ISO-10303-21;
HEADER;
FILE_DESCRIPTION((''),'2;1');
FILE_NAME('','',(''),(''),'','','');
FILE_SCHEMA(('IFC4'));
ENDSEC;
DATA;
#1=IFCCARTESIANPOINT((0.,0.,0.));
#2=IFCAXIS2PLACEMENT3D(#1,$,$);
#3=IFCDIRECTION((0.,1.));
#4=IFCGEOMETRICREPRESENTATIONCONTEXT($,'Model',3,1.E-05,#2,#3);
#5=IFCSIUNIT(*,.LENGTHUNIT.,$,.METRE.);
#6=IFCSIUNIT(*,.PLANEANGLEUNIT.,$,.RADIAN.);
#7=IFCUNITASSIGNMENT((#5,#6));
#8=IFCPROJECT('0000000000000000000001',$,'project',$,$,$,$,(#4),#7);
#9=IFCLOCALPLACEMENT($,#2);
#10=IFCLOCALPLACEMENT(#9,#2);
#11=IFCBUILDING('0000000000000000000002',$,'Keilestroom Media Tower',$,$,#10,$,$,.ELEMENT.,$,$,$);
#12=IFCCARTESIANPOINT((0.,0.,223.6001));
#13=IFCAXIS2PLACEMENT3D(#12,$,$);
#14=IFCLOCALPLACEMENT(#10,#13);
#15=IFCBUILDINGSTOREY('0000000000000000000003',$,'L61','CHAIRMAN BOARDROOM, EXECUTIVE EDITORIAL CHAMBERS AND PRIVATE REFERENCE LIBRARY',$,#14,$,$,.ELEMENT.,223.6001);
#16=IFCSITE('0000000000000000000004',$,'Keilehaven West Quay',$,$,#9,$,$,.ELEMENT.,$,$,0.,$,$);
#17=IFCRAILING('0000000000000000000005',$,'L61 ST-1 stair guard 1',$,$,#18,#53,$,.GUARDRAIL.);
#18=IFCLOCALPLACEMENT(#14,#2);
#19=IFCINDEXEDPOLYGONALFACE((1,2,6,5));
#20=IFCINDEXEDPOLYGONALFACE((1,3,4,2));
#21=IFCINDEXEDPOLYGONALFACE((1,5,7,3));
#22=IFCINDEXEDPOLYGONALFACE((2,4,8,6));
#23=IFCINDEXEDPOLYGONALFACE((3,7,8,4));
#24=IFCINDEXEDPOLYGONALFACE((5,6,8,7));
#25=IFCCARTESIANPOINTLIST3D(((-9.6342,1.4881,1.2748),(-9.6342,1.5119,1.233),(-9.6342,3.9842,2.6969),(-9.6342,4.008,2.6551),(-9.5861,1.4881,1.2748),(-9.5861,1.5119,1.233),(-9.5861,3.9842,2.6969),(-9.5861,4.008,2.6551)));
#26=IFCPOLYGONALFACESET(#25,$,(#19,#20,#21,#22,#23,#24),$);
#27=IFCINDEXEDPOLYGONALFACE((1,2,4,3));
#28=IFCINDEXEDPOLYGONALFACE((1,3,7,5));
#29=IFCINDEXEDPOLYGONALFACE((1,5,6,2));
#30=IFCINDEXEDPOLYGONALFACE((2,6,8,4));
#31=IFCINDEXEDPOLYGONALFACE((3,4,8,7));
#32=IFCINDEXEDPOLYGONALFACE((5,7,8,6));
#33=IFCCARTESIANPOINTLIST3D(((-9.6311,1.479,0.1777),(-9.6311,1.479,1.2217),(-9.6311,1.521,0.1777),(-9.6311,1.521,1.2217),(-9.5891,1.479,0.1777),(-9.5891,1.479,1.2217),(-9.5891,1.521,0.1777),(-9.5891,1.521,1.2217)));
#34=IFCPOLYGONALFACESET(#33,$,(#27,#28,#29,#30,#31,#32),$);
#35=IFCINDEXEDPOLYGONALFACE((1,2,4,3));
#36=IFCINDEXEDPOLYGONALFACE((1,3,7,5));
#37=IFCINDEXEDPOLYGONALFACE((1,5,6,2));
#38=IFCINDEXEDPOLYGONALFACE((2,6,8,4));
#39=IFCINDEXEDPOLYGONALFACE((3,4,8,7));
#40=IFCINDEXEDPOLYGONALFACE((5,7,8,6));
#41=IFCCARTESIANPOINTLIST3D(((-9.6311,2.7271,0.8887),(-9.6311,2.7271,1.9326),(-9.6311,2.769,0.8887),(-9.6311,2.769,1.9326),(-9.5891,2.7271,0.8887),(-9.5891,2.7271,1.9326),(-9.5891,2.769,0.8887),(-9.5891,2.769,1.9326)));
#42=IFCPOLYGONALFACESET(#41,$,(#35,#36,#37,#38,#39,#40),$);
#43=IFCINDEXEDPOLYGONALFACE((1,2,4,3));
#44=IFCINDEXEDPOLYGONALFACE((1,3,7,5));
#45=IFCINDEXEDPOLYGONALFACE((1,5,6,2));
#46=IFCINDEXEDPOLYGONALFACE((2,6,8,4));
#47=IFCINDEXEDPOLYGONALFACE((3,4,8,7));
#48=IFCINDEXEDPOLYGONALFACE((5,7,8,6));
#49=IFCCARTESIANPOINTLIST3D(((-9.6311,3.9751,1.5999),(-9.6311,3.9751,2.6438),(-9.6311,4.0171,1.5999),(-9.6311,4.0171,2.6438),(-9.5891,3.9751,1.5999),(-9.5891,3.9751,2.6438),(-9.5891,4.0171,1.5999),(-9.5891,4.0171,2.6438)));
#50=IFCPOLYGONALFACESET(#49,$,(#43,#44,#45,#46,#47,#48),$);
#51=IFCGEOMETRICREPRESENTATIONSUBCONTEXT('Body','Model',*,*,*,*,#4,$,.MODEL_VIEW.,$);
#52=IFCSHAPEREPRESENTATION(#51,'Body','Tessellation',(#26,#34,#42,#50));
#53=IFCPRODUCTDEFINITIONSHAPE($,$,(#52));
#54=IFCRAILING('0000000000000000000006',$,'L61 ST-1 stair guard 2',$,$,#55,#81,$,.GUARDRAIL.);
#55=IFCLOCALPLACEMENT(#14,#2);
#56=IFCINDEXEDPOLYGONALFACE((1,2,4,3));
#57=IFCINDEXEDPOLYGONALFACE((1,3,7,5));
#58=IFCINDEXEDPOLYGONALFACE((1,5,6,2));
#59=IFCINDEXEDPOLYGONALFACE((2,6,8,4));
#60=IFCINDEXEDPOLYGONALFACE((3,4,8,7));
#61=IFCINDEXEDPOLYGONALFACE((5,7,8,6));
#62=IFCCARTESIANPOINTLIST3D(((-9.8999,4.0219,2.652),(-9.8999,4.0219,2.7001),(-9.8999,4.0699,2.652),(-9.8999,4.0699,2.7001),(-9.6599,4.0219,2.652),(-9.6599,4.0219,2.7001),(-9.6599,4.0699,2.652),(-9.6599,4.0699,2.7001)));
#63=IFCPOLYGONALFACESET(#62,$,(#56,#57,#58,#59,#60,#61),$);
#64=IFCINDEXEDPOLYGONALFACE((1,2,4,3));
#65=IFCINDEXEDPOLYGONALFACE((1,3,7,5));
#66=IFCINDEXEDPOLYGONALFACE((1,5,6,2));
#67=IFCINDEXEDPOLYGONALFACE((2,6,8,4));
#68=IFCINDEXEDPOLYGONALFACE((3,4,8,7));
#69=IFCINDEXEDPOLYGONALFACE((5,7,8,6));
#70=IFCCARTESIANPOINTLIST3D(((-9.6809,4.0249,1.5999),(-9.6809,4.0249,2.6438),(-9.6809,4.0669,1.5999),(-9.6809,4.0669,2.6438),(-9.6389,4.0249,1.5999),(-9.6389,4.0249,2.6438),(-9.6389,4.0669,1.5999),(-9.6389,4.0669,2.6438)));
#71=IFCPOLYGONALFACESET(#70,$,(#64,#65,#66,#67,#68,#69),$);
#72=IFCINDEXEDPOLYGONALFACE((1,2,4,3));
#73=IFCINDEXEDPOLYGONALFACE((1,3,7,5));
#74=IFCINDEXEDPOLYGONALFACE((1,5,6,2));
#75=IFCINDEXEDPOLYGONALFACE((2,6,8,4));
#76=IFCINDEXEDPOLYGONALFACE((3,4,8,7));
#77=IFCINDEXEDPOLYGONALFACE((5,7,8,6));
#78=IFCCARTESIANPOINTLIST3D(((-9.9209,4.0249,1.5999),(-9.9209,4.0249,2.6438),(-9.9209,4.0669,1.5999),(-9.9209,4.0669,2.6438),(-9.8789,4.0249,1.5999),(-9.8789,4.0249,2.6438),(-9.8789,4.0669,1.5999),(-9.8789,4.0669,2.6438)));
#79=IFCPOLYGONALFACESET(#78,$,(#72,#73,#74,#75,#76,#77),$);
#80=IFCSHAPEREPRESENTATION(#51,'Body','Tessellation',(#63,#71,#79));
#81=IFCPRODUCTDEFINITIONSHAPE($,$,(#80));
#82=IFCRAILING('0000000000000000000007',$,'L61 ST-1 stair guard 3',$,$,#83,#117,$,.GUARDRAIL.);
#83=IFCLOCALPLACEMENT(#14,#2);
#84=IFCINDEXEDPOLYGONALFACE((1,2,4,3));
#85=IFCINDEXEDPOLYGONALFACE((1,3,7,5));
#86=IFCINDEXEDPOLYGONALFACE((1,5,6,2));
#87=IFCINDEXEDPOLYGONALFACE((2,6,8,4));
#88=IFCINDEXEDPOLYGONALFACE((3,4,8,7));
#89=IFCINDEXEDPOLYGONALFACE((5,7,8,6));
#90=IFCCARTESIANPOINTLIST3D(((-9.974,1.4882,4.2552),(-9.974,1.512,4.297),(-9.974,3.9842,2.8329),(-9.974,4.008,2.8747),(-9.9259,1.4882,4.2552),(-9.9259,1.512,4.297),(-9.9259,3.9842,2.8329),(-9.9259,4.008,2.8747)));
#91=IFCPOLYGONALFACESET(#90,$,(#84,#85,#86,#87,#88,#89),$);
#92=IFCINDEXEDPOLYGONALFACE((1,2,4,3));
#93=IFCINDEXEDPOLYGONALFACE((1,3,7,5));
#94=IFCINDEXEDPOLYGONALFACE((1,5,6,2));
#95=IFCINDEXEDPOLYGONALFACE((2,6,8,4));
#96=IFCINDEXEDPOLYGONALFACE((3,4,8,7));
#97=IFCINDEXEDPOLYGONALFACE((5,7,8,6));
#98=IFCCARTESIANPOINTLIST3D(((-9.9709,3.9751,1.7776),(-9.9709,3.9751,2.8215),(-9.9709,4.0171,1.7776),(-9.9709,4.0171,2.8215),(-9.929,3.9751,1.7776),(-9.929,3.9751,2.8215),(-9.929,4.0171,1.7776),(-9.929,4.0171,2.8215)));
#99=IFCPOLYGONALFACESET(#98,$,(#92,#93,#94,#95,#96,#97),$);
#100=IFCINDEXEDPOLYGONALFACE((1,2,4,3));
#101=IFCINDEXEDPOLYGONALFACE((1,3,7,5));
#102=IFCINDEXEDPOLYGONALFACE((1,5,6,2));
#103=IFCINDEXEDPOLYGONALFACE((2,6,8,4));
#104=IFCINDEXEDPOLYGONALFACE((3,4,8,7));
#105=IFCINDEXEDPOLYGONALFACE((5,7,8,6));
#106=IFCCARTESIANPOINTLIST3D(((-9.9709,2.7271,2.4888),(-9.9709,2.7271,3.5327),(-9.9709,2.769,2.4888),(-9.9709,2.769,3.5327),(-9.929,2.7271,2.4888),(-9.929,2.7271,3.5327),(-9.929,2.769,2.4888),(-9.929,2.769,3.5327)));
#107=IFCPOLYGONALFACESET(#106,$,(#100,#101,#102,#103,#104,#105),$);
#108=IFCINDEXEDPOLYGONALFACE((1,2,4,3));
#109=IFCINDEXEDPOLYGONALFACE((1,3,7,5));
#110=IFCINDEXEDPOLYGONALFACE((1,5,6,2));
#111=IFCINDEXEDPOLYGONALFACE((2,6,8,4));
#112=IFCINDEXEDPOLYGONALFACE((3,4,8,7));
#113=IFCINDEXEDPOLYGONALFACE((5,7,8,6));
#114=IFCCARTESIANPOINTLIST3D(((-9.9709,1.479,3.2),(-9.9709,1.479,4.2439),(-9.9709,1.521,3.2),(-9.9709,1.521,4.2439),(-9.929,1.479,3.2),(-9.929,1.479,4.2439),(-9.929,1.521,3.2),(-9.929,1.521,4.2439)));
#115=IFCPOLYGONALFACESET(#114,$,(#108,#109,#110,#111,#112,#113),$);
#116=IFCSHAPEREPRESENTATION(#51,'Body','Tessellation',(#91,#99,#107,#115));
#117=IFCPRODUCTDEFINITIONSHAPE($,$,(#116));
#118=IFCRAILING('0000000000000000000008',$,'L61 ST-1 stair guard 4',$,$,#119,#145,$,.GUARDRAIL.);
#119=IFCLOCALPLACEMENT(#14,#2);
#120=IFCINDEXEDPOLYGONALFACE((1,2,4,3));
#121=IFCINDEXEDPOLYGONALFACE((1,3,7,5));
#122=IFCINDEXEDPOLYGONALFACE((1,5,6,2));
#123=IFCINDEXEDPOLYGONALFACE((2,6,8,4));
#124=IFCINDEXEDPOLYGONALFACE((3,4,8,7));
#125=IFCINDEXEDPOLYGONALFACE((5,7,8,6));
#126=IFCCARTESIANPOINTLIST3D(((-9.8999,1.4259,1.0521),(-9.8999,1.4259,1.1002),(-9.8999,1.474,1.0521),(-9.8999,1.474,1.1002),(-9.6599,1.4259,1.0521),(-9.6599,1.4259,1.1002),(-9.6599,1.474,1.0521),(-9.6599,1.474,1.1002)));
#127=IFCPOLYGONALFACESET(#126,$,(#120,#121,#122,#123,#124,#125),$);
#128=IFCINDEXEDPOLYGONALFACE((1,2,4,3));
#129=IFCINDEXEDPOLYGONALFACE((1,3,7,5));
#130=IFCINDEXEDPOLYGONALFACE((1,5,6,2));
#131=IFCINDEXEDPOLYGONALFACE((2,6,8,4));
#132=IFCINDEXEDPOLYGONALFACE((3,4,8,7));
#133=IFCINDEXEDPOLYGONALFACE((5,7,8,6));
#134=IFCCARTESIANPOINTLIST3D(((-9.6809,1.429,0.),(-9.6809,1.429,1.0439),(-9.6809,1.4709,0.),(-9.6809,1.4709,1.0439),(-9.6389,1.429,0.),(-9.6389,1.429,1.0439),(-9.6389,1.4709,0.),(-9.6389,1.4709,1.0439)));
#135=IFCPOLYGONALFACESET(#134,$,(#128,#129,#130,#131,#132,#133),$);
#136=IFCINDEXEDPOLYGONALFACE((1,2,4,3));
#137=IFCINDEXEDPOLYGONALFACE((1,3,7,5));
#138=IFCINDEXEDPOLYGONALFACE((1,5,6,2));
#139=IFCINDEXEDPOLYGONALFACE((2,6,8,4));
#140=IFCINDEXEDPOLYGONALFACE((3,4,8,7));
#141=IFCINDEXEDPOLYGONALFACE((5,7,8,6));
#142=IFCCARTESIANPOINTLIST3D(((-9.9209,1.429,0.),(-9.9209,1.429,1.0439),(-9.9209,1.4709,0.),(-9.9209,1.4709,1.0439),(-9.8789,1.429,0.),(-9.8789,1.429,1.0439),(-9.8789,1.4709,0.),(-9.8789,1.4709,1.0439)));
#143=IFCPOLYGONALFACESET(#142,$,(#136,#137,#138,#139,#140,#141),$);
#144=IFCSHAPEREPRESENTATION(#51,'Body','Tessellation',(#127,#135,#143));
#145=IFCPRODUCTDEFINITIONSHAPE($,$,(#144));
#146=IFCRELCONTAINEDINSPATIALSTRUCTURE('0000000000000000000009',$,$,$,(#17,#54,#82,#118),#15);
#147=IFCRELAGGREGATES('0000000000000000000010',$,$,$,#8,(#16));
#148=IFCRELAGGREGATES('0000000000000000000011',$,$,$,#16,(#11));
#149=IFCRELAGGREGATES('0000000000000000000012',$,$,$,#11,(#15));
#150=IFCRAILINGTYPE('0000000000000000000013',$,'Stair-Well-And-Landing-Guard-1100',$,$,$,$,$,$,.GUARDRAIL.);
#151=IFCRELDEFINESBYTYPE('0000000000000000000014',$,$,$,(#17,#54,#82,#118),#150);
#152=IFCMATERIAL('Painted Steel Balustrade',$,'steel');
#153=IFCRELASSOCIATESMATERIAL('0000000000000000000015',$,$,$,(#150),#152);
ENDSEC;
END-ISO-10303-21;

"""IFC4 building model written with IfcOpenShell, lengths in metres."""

from ifc_helpers import new_model, si_unit, direction, frame, origin, origin_2d, place, context, subcontext, project, spatial, rectangle, extrude, material, type_object, element, save


model = new_model("IFC4")

# Units and contexts
model_context = context("Model", 3, precision=1e-05, world=origin(), true_north=direction((0.0, 1.0)))
body_context = subcontext(model_context, "Body", "Model", "MODEL_VIEW")
ifc_project = project(units=[si_unit("LENGTHUNIT", "METRE"), si_unit("PLANEANGLEUNIT", "RADIAN")], contexts=[model_context])

# Site, building, storey
site_placement = place(None, origin())
site = spatial("IfcSite", under=ifc_project, at=site_placement, Name="Keilehaven West Quay", CompositionType="ELEMENT", RefElevation=0.0)
building_placement = place(site_placement, origin())
building = spatial("IfcBuilding", under=site, at=building_placement, Name="Keilestroom Media Tower", CompositionType="ELEMENT")
storey_placement = place(building_placement, frame((0.0, 0.0, 223.6001)))
storey = spatial("IfcBuildingStorey", under=building, at=storey_placement, Name="L61", Description="CHAIRMAN BOARDROOM, EXECUTIVE EDITORIAL CHAMBERS AND PRIVATE REFERENCE LIBRARY", CompositionType="ELEMENT", Elevation=223.6001)

# Railings
ifc_material_1 = material(Name="Painted Steel Balustrade", Category="steel")
railing_type_1 = type_object("IfcRailingType", Name="Stair-Well-And-Landing-Guard-1100", PredefinedType="GUARDRAIL", material=ifc_material_1)
railing_1_placement = place(storey_placement, frame((-9.6101, 1.5, 0.1777)))
element("IfcRailing", 1, at=railing_1_placement, inside=storey, type_object=railing_type_1, Name="L61 ST-1 stair guard 1", PredefinedType="GUARDRAIL", context=body_context, shape_type="SweptSolid", body=[
    extrude(rectangle(XDim=0.0481, YDim=0.0481, at=origin_2d()), frame((0.0, 0.0, 1.0762), z_axis=(0.0, 0.868875, 0.495031), x_axis=(-1.0, 0.0, 0.0)), (0.0, 0.0, 1.0), 2.8728),
    extrude(rectangle(XDim=0.042, YDim=0.042, at=origin_2d()), origin(), (0.0, 0.0, 1.0), 1.0439),
    extrude(rectangle(XDim=0.042, YDim=0.042, at=origin_2d()), frame((0.0, 1.248, 0.7109)), (0.0, 0.0, 1.0), 1.0439),
    extrude(rectangle(XDim=0.042, YDim=0.042, at=origin_2d()), frame((0.0, 2.4961, 1.4221)), (0.0, 0.0, 1.0), 1.0439),
])
railing_2_placement = place(storey_placement, frame((-9.6599, 4.0459, 1.5999)))
element("IfcRailing", 2, at=railing_2_placement, inside=storey, type_object=railing_type_1, Name="L61 ST-1 stair guard 2", PredefinedType="GUARDRAIL", context=body_context, shape_type="SweptSolid", body=[
    extrude(rectangle(XDim=0.0481, YDim=0.0481, at=origin_2d()), frame((0.0, 0.0, 1.0762), z_axis=(-1.0, 0.0, 0.0), x_axis=(0.0, -1.0, 0.0)), (0.0, 0.0, 1.0), 0.24),
    extrude(rectangle(XDim=0.042, YDim=0.042, at=origin_2d()), origin(), (0.0, 0.0, 1.0), 1.0439),
    extrude(rectangle(XDim=0.042, YDim=0.042, at=origin_2d()), frame((-0.24, 0.0, 0.0)), (0.0, 0.0, 1.0), 1.0439),
])
railing_3_placement = place(storey_placement, frame((-9.95, 3.9961, 1.7776)))
element("IfcRailing", 3, at=railing_3_placement, inside=storey, type_object=railing_type_1, Name="L61 ST-1 stair guard 3", PredefinedType="GUARDRAIL", context=body_context, shape_type="SweptSolid", body=[
    extrude(rectangle(XDim=0.0481, YDim=0.0481, at=origin_2d()), frame((0.0, 0.0, 1.0762), z_axis=(0.0, -0.868839, 0.495095), x_axis=(1.0, 0.0, 0.0)), (0.0, 0.0, 1.0), 2.8728),
    extrude(rectangle(XDim=0.042, YDim=0.042, at=origin_2d()), origin(), (0.0, 0.0, 1.0), 1.0439),
    extrude(rectangle(XDim=0.042, YDim=0.042, at=origin_2d()), frame((0.0, -1.248, 0.7112)), (0.0, 0.0, 1.0), 1.0439),
    extrude(rectangle(XDim=0.042, YDim=0.042, at=origin_2d()), frame((0.0, -2.4961, 1.4224)), (0.0, 0.0, 1.0), 1.0439),
])
railing_4_placement = place(storey_placement, frame((-9.6599, 1.45, 0.0)))
element("IfcRailing", 4, at=railing_4_placement, inside=storey, type_object=railing_type_1, Name="L61 ST-1 stair guard 4", PredefinedType="GUARDRAIL", context=body_context, shape_type="SweptSolid", body=[
    extrude(rectangle(XDim=0.0481, YDim=0.0481, at=origin_2d()), frame((0.0, 0.0, 1.0762), z_axis=(-1.0, 0.0, 0.0), x_axis=(0.0, -1.0, 0.0)), (0.0, 0.0, 1.0), 0.24),
    extrude(rectangle(XDim=0.042, YDim=0.042, at=origin_2d()), origin(), (0.0, 0.0, 1.0), 1.0439),
    extrude(rectangle(XDim=0.042, YDim=0.042, at=origin_2d()), frame((-0.24, 0.0, 0.0)), (0.0, 0.0, 1.0), 1.0439),
])

save(model, "model.ifc")
